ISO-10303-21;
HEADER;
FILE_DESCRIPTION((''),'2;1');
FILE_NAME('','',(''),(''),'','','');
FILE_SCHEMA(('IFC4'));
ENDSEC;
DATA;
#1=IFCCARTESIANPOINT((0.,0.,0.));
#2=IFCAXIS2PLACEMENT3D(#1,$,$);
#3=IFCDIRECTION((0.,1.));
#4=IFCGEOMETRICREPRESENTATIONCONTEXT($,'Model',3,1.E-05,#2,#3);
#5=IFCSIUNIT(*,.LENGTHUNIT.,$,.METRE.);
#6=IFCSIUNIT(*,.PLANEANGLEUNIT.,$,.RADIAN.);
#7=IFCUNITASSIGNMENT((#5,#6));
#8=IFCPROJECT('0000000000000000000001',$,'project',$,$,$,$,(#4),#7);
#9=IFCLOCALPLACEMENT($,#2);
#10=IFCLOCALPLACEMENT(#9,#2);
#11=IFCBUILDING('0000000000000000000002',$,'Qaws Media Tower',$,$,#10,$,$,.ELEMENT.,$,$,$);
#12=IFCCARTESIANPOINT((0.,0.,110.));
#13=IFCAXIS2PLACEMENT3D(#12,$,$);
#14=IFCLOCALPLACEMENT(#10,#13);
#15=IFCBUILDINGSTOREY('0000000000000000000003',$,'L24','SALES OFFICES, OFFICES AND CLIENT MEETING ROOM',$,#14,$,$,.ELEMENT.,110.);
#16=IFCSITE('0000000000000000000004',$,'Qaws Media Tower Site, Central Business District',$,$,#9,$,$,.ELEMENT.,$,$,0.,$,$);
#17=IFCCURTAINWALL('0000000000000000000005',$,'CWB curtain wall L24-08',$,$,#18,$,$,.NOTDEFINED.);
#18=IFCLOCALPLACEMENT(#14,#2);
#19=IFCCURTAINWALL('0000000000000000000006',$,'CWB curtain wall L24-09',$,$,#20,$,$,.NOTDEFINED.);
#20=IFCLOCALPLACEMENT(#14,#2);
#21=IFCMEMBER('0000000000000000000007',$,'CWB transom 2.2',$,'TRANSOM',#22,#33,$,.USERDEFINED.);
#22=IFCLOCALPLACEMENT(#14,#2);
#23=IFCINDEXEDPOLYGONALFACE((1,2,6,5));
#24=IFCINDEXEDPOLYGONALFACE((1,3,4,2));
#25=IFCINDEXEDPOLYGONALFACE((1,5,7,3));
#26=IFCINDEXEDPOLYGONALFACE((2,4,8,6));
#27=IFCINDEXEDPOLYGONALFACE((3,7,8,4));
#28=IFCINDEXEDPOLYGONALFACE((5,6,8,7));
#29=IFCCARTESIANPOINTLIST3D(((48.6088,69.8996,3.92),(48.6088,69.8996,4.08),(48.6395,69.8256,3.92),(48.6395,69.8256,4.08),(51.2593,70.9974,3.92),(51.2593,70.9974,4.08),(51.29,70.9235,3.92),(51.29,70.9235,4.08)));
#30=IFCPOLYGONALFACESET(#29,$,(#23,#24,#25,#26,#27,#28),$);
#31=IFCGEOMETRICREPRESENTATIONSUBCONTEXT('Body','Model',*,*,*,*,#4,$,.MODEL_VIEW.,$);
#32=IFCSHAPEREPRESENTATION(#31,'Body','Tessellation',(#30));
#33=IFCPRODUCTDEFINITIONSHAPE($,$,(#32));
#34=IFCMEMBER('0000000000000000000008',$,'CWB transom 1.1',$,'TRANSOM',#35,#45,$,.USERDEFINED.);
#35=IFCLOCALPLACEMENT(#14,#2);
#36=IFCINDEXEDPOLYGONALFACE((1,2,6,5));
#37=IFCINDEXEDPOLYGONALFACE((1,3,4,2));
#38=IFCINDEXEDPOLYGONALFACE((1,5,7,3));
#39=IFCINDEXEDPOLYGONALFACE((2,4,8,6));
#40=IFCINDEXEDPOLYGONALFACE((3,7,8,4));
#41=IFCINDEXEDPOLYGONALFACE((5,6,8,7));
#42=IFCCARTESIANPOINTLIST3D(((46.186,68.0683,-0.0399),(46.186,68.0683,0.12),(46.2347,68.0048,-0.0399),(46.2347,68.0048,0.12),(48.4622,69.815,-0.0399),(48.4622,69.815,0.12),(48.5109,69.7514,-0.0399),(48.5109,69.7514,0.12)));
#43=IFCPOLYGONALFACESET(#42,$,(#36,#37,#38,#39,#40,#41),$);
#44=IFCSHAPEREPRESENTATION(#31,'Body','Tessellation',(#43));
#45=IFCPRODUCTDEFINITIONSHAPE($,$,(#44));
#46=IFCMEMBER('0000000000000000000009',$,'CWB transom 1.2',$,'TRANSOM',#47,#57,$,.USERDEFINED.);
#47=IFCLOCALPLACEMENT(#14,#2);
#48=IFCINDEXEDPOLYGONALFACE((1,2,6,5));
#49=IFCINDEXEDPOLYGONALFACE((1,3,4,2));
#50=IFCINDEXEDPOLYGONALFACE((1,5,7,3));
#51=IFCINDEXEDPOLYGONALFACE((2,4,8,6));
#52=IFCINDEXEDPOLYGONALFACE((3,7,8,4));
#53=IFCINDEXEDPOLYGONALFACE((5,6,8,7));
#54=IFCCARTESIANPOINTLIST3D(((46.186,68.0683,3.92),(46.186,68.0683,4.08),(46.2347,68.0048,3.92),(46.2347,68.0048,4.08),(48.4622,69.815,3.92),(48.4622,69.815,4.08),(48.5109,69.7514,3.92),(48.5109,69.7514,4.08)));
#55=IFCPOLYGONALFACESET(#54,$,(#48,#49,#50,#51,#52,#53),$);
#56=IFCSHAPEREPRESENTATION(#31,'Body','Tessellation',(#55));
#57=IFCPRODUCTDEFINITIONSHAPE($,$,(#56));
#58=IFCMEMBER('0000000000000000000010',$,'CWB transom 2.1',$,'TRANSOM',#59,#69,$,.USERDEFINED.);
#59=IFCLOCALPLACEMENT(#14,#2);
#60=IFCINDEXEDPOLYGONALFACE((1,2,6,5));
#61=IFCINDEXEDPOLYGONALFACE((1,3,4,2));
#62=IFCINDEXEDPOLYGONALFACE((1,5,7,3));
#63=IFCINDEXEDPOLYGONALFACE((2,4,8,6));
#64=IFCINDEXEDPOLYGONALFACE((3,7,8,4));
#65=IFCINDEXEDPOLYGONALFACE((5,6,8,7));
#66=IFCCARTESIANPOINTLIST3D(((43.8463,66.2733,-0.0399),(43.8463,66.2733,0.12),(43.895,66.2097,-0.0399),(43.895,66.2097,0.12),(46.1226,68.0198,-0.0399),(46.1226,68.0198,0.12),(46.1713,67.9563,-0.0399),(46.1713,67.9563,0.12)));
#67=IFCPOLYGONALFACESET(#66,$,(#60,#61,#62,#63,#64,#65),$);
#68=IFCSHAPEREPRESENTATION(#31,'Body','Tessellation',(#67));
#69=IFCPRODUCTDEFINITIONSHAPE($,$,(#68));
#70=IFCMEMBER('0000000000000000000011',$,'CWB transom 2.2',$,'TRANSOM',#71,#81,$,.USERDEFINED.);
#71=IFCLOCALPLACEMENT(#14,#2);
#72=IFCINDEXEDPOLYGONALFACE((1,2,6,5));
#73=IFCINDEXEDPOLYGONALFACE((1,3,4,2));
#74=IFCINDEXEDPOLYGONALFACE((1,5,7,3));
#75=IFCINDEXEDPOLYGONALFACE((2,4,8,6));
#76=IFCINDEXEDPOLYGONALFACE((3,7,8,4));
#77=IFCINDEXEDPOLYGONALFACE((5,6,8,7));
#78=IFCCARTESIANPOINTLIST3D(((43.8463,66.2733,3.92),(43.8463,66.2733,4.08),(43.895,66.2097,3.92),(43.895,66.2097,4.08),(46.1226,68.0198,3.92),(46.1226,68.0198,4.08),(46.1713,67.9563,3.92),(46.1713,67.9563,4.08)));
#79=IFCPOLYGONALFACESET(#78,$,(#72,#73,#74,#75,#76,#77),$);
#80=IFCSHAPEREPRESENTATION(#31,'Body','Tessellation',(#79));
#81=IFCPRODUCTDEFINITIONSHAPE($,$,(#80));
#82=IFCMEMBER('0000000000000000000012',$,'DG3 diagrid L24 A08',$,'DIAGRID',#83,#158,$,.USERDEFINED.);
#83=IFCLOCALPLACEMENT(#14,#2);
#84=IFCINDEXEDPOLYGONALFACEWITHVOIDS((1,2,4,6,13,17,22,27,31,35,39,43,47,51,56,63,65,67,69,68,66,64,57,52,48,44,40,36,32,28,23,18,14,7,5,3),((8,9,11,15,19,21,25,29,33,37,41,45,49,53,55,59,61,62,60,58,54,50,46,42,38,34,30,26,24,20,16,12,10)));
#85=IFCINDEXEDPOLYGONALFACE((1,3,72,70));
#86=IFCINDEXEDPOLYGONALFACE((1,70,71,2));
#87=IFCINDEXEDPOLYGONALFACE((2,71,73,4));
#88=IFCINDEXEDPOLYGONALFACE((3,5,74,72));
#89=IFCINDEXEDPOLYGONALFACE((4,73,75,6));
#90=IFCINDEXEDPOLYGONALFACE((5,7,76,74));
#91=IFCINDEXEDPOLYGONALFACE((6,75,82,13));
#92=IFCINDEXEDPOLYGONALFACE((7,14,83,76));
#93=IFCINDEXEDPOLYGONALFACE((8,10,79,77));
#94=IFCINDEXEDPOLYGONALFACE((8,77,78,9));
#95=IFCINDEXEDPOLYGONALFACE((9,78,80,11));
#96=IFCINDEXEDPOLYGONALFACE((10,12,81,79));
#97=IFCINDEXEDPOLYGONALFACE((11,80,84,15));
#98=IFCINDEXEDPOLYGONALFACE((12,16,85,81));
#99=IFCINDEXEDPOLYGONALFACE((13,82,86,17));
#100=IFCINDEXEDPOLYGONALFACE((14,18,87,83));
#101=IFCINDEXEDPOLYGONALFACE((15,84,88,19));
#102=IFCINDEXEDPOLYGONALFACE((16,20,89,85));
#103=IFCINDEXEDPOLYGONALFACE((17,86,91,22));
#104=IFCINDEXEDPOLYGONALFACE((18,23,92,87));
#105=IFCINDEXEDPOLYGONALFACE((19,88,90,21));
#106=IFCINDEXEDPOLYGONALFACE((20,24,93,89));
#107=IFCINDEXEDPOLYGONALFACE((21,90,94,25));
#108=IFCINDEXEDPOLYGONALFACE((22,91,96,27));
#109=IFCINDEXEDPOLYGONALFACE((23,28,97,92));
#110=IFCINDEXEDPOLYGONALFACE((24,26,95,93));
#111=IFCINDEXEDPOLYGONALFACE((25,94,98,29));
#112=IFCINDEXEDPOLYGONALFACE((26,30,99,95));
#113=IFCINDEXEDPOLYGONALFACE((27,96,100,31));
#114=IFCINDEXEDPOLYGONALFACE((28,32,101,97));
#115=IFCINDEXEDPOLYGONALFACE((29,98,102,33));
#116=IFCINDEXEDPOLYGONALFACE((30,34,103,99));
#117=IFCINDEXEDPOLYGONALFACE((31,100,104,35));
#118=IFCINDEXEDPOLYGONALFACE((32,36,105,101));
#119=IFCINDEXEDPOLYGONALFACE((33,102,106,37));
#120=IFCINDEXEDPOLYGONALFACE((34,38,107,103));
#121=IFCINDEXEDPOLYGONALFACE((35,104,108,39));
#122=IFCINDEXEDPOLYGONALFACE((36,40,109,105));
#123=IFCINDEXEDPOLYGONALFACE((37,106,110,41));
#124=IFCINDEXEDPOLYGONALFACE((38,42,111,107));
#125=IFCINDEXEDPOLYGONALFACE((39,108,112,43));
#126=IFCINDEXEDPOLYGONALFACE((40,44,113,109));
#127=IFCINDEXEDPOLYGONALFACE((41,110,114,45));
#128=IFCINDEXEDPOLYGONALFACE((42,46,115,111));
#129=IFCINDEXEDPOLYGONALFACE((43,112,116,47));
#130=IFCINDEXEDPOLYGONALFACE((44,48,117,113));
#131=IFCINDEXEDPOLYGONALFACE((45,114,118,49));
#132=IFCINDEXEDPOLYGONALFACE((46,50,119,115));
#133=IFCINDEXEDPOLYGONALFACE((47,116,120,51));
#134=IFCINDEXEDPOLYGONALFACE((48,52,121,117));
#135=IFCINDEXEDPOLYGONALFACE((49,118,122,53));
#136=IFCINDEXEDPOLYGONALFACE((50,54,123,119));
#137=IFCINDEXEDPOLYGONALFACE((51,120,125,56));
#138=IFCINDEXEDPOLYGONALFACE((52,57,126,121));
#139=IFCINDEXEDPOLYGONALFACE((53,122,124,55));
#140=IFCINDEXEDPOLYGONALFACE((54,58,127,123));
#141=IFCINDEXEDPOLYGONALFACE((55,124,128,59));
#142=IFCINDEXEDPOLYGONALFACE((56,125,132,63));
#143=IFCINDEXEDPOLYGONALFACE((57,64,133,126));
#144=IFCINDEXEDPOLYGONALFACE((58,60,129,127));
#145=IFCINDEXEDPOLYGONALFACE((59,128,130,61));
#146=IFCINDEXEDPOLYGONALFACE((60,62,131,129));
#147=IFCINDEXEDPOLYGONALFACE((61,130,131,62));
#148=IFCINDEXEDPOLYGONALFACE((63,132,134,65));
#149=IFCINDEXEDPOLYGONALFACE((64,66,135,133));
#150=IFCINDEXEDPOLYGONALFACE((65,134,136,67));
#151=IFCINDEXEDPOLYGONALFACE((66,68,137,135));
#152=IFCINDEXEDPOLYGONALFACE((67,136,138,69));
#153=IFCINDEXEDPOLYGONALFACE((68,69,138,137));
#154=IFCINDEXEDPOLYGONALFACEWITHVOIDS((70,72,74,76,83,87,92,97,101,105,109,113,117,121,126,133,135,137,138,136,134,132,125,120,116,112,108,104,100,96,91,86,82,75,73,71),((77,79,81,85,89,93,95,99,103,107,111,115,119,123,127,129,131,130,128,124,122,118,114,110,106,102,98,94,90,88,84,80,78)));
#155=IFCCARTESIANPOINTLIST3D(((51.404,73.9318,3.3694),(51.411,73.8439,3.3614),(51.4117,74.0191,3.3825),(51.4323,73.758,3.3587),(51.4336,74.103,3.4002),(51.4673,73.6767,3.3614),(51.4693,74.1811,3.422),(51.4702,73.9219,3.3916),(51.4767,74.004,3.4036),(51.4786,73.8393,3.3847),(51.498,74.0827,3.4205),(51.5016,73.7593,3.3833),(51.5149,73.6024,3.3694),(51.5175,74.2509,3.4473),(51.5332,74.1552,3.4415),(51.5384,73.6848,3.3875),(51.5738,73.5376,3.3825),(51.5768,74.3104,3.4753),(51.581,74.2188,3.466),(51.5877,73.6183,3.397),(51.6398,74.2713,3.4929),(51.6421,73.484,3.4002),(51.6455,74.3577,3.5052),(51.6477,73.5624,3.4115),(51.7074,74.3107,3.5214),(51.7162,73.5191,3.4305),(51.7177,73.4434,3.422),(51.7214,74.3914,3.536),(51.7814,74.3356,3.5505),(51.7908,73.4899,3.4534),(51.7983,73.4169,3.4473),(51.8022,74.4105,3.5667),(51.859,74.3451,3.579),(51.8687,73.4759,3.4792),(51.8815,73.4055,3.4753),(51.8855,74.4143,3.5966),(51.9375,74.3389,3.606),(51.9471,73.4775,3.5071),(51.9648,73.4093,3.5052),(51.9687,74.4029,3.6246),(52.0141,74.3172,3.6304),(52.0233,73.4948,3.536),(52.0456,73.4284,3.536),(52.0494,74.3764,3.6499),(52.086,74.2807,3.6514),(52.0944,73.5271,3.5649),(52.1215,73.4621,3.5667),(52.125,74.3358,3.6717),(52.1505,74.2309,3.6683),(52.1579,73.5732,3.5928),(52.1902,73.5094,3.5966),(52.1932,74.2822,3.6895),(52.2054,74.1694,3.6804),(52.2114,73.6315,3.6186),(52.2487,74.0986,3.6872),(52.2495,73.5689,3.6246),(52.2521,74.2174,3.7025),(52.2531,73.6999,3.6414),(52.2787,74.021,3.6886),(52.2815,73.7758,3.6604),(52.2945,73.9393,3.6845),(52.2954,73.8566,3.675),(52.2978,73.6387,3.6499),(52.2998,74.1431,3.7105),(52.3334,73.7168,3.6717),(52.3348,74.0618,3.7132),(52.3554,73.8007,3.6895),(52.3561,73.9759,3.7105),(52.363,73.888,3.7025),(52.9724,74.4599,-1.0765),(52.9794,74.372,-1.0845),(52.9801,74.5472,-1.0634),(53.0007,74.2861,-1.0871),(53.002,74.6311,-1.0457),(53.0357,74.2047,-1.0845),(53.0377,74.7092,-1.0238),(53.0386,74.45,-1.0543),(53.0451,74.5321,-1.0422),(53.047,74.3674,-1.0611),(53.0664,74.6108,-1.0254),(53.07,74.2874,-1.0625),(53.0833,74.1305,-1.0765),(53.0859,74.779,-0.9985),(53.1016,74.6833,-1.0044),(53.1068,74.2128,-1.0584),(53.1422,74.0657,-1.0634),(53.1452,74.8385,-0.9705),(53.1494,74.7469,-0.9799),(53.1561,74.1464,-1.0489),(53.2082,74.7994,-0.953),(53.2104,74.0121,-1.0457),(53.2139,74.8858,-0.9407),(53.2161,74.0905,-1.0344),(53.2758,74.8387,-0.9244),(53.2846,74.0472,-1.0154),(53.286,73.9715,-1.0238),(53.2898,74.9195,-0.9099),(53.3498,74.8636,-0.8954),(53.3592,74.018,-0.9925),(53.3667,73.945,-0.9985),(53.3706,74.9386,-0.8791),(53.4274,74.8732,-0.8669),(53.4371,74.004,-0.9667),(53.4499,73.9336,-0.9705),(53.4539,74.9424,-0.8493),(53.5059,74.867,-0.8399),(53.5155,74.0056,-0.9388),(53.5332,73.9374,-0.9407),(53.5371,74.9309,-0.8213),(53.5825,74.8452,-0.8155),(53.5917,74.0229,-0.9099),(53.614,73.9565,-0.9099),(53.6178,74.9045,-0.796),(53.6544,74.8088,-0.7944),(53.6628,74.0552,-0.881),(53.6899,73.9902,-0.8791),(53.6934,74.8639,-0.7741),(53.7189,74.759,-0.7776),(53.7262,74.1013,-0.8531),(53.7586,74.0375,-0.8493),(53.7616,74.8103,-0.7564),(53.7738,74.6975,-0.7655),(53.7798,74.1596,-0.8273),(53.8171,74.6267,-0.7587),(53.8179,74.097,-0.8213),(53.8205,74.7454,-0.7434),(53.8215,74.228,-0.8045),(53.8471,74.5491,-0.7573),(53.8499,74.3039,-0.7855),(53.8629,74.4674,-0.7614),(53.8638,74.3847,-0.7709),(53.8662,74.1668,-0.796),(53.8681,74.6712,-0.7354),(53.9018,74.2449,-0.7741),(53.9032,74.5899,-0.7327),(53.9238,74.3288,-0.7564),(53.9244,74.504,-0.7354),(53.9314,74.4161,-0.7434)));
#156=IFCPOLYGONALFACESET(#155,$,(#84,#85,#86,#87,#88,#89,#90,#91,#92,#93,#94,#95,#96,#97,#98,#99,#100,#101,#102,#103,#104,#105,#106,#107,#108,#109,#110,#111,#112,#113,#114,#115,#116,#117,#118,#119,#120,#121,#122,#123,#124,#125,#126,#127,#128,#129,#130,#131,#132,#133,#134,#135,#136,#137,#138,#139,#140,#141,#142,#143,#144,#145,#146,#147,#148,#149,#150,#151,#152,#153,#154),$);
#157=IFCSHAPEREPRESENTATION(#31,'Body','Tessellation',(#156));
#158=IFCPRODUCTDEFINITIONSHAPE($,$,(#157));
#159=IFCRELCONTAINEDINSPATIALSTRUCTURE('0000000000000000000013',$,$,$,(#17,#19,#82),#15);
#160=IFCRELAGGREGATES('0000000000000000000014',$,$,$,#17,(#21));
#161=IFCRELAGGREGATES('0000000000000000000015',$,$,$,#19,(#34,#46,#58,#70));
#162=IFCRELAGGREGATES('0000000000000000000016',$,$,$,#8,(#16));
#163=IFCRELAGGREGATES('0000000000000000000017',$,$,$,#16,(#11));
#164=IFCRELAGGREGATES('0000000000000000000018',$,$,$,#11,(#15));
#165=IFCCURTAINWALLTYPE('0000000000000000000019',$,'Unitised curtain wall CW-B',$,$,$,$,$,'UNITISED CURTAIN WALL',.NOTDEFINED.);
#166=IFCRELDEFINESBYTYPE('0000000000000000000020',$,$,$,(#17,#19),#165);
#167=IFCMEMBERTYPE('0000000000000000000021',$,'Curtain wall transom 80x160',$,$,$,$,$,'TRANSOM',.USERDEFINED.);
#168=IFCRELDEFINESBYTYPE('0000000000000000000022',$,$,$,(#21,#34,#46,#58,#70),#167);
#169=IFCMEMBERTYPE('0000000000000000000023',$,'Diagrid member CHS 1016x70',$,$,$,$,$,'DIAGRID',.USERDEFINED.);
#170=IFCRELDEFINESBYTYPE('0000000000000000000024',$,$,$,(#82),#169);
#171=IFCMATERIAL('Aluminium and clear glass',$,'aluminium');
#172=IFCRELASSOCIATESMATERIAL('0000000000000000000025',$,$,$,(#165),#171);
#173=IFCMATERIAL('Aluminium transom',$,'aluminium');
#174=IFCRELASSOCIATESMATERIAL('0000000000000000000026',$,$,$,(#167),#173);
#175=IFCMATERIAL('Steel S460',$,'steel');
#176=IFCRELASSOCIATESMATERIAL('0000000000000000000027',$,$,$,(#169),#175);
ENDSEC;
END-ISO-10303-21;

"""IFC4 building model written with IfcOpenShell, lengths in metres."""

from ifc_helpers import new_model, si_unit, direction, frame, origin, origin_2d, place, context, subcontext, project, spatial, rectangle, hollow_circle, extrude, material, material_profile, profile_set, type_object, element, aggregate, save


model = new_model("IFC4")

# Units and contexts
model_context = context("Model", 3, precision=1e-05, world=origin(), true_north=direction((0.0, 1.0)))
body_context = subcontext(model_context, "Body", "Model", "MODEL_VIEW")
ifc_project = project(units=[si_unit("LENGTHUNIT", "METRE"), si_unit("PLANEANGLEUNIT", "RADIAN")], contexts=[model_context])

# Site, building, storey
site_placement = place(None, origin())
site = spatial("IfcSite", under=ifc_project, at=site_placement, Name="Qaws Media Tower Site, Central Business District", CompositionType="ELEMENT", RefElevation=0.0)
building_placement = place(site_placement, origin())
building = spatial("IfcBuilding", under=site, at=building_placement, Name="Qaws Media Tower", CompositionType="ELEMENT")
storey_placement = place(building_placement, frame((0.0, 0.0, 110.0)))
storey = spatial("IfcBuildingStorey", under=building, at=storey_placement, Name="L24", Description="SALES OFFICES, OFFICES AND CLIENT MEETING ROOM", CompositionType="ELEMENT", Elevation=110.0)

# Curtain walls
ifc_material_1 = material(Name="Aluminium and clear glass", Category="aluminium")
curtain_wall_type = type_object("IfcCurtainWallType", Name="Unitised curtain wall CW-B", ElementType="UNITISED CURTAIN WALL", PredefinedType="NOTDEFINED", material=ifc_material_1)
curtain_wall_1_placement = place(storey_placement, origin())
curtain_wall_1 = element("IfcCurtainWall", 1, at=curtain_wall_1_placement, inside=storey, type_object=curtain_wall_type, Name="CWB curtain wall L24-08", PredefinedType="NOTDEFINED")
curtain_wall_2_placement = place(storey_placement, origin())
curtain_wall_2 = element("IfcCurtainWall", 2, at=curtain_wall_2_placement, inside=storey, type_object=curtain_wall_type, Name="CWB curtain wall L24-09", PredefinedType="NOTDEFINED")

# Members
ifc_material_2 = material(Name="Aluminium transom", Category="aluminium")
ifc_material_profile_1 = material_profile(ifc_material_2, rectangle(XDim=0.0801, YDim=0.1599, at=origin_2d()), Name="80x160")
ifc_profile_set_1 = profile_set([ifc_material_profile_1], Name="Aluminium transom")
member_type_1 = type_object("IfcMemberType", Name="Curtain wall transom 80x160", ElementType="TRANSOM", PredefinedType="USERDEFINED", material=ifc_profile_set_1)
member_1_placement = place(storey_placement, frame((51.2747, 70.9604, 4.0), z_axis=(-0.923883, -0.382675, 0.0), x_axis=(0.382675, -0.923883, 0.0)))
member_1 = element("IfcMember", 3, at=member_1_placement, type_object=member_type_1, Name="CWB transom 2.2", ObjectType="TRANSOM", PredefinedType="USERDEFINED", context=body_context, shape_type="SweptSolid", body=[
    extrude(rectangle(XDim=0.0801, YDim=0.1599, at=origin_2d()), origin(), (0.0, 0.0, 1.0), 2.8689),
])
member_2_placement = place(storey_placement, frame((48.4866, 69.7832, 0.04), z_axis=(-0.793345, -0.608773, 0.0), x_axis=(0.608773, -0.793345, 0.0)))
member_2 = element("IfcMember", 4, at=member_2_placement, type_object=member_type_1, Name="CWB transom 1.1", ObjectType="TRANSOM", PredefinedType="USERDEFINED", context=body_context, shape_type="SweptSolid", body=[
    extrude(rectangle(XDim=0.0801, YDim=0.1599, at=origin_2d()), origin(), (0.0, 0.0, 1.0), 2.8691),
])
member_3_placement = place(storey_placement, frame((48.4866, 69.7832, 4.0), z_axis=(-0.793345, -0.608773, 0.0), x_axis=(0.608773, -0.793345, 0.0)))
member_3 = element("IfcMember", 5, at=member_3_placement, type_object=member_type_1, Name="CWB transom 1.2", ObjectType="TRANSOM", PredefinedType="USERDEFINED", context=body_context, shape_type="SweptSolid", body=[
    extrude(rectangle(XDim=0.0801, YDim=0.1599, at=origin_2d()), origin(), (0.0, 0.0, 1.0), 2.8691),
])
member_4_placement = place(storey_placement, frame((46.147, 67.988, 0.04), z_axis=(-0.793376, -0.608732, 0.0), x_axis=(0.608732, -0.793376, 0.0)))
member_4 = element("IfcMember", 6, at=member_4_placement, type_object=member_type_1, Name="CWB transom 2.1", ObjectType="TRANSOM", PredefinedType="USERDEFINED", context=body_context, shape_type="SweptSolid", body=[
    extrude(rectangle(XDim=0.0801, YDim=0.1599, at=origin_2d()), origin(), (0.0, 0.0, 1.0), 2.8691),
])
member_5_placement = place(storey_placement, frame((46.147, 67.988, 4.0), z_axis=(-0.793376, -0.608732, 0.0), x_axis=(0.608732, -0.793376, 0.0)))
member_5 = element("IfcMember", 7, at=member_5_placement, type_object=member_type_1, Name="CWB transom 2.2", ObjectType="TRANSOM", PredefinedType="USERDEFINED", context=body_context, shape_type="SweptSolid", body=[
    extrude(rectangle(XDim=0.0801, YDim=0.1599, at=origin_2d()), origin(), (0.0, 0.0, 1.0), 2.8691),
])

# Member
ifc_material_3 = material(Name="Steel S460", Category="steel")
ifc_material_profile_2 = material_profile(ifc_material_3, hollow_circle(Radius=0.5081, WallThickness=0.0701, at=origin_2d()), Name="CHS 1016x70")
ifc_profile_set_2 = profile_set([ifc_material_profile_2], Name="Steel S460")
member_type_2 = type_object("IfcMemberType", Name="Diagrid member CHS 1016x70", ElementType="DIAGRID", PredefinedType="USERDEFINED", material=ifc_profile_set_2)
member_6_placement = place(storey_placement, frame((53.4519, 74.438, -0.9099), z_axis=(-0.330612, -0.111319, 0.937179), x_axis=(0.319103, -0.94772, 0.0)))
element("IfcMember", 8, at=member_6_placement, inside=storey, type_object=member_type_2, Name="DG3 diagrid L24 A08", ObjectType="DIAGRID", PredefinedType="USERDEFINED", context=body_context, shape_type="SweptSolid", body=[
    extrude(hollow_circle(Radius=0.5081, WallThickness=0.0701, at=origin_2d()), origin(), (0.0, 0.0, 1.0), 4.7439),
])

aggregate(curtain_wall_1, [member_1])
aggregate(curtain_wall_2, [member_2, member_3, member_4, member_5])

save(model, "model.ifc")
